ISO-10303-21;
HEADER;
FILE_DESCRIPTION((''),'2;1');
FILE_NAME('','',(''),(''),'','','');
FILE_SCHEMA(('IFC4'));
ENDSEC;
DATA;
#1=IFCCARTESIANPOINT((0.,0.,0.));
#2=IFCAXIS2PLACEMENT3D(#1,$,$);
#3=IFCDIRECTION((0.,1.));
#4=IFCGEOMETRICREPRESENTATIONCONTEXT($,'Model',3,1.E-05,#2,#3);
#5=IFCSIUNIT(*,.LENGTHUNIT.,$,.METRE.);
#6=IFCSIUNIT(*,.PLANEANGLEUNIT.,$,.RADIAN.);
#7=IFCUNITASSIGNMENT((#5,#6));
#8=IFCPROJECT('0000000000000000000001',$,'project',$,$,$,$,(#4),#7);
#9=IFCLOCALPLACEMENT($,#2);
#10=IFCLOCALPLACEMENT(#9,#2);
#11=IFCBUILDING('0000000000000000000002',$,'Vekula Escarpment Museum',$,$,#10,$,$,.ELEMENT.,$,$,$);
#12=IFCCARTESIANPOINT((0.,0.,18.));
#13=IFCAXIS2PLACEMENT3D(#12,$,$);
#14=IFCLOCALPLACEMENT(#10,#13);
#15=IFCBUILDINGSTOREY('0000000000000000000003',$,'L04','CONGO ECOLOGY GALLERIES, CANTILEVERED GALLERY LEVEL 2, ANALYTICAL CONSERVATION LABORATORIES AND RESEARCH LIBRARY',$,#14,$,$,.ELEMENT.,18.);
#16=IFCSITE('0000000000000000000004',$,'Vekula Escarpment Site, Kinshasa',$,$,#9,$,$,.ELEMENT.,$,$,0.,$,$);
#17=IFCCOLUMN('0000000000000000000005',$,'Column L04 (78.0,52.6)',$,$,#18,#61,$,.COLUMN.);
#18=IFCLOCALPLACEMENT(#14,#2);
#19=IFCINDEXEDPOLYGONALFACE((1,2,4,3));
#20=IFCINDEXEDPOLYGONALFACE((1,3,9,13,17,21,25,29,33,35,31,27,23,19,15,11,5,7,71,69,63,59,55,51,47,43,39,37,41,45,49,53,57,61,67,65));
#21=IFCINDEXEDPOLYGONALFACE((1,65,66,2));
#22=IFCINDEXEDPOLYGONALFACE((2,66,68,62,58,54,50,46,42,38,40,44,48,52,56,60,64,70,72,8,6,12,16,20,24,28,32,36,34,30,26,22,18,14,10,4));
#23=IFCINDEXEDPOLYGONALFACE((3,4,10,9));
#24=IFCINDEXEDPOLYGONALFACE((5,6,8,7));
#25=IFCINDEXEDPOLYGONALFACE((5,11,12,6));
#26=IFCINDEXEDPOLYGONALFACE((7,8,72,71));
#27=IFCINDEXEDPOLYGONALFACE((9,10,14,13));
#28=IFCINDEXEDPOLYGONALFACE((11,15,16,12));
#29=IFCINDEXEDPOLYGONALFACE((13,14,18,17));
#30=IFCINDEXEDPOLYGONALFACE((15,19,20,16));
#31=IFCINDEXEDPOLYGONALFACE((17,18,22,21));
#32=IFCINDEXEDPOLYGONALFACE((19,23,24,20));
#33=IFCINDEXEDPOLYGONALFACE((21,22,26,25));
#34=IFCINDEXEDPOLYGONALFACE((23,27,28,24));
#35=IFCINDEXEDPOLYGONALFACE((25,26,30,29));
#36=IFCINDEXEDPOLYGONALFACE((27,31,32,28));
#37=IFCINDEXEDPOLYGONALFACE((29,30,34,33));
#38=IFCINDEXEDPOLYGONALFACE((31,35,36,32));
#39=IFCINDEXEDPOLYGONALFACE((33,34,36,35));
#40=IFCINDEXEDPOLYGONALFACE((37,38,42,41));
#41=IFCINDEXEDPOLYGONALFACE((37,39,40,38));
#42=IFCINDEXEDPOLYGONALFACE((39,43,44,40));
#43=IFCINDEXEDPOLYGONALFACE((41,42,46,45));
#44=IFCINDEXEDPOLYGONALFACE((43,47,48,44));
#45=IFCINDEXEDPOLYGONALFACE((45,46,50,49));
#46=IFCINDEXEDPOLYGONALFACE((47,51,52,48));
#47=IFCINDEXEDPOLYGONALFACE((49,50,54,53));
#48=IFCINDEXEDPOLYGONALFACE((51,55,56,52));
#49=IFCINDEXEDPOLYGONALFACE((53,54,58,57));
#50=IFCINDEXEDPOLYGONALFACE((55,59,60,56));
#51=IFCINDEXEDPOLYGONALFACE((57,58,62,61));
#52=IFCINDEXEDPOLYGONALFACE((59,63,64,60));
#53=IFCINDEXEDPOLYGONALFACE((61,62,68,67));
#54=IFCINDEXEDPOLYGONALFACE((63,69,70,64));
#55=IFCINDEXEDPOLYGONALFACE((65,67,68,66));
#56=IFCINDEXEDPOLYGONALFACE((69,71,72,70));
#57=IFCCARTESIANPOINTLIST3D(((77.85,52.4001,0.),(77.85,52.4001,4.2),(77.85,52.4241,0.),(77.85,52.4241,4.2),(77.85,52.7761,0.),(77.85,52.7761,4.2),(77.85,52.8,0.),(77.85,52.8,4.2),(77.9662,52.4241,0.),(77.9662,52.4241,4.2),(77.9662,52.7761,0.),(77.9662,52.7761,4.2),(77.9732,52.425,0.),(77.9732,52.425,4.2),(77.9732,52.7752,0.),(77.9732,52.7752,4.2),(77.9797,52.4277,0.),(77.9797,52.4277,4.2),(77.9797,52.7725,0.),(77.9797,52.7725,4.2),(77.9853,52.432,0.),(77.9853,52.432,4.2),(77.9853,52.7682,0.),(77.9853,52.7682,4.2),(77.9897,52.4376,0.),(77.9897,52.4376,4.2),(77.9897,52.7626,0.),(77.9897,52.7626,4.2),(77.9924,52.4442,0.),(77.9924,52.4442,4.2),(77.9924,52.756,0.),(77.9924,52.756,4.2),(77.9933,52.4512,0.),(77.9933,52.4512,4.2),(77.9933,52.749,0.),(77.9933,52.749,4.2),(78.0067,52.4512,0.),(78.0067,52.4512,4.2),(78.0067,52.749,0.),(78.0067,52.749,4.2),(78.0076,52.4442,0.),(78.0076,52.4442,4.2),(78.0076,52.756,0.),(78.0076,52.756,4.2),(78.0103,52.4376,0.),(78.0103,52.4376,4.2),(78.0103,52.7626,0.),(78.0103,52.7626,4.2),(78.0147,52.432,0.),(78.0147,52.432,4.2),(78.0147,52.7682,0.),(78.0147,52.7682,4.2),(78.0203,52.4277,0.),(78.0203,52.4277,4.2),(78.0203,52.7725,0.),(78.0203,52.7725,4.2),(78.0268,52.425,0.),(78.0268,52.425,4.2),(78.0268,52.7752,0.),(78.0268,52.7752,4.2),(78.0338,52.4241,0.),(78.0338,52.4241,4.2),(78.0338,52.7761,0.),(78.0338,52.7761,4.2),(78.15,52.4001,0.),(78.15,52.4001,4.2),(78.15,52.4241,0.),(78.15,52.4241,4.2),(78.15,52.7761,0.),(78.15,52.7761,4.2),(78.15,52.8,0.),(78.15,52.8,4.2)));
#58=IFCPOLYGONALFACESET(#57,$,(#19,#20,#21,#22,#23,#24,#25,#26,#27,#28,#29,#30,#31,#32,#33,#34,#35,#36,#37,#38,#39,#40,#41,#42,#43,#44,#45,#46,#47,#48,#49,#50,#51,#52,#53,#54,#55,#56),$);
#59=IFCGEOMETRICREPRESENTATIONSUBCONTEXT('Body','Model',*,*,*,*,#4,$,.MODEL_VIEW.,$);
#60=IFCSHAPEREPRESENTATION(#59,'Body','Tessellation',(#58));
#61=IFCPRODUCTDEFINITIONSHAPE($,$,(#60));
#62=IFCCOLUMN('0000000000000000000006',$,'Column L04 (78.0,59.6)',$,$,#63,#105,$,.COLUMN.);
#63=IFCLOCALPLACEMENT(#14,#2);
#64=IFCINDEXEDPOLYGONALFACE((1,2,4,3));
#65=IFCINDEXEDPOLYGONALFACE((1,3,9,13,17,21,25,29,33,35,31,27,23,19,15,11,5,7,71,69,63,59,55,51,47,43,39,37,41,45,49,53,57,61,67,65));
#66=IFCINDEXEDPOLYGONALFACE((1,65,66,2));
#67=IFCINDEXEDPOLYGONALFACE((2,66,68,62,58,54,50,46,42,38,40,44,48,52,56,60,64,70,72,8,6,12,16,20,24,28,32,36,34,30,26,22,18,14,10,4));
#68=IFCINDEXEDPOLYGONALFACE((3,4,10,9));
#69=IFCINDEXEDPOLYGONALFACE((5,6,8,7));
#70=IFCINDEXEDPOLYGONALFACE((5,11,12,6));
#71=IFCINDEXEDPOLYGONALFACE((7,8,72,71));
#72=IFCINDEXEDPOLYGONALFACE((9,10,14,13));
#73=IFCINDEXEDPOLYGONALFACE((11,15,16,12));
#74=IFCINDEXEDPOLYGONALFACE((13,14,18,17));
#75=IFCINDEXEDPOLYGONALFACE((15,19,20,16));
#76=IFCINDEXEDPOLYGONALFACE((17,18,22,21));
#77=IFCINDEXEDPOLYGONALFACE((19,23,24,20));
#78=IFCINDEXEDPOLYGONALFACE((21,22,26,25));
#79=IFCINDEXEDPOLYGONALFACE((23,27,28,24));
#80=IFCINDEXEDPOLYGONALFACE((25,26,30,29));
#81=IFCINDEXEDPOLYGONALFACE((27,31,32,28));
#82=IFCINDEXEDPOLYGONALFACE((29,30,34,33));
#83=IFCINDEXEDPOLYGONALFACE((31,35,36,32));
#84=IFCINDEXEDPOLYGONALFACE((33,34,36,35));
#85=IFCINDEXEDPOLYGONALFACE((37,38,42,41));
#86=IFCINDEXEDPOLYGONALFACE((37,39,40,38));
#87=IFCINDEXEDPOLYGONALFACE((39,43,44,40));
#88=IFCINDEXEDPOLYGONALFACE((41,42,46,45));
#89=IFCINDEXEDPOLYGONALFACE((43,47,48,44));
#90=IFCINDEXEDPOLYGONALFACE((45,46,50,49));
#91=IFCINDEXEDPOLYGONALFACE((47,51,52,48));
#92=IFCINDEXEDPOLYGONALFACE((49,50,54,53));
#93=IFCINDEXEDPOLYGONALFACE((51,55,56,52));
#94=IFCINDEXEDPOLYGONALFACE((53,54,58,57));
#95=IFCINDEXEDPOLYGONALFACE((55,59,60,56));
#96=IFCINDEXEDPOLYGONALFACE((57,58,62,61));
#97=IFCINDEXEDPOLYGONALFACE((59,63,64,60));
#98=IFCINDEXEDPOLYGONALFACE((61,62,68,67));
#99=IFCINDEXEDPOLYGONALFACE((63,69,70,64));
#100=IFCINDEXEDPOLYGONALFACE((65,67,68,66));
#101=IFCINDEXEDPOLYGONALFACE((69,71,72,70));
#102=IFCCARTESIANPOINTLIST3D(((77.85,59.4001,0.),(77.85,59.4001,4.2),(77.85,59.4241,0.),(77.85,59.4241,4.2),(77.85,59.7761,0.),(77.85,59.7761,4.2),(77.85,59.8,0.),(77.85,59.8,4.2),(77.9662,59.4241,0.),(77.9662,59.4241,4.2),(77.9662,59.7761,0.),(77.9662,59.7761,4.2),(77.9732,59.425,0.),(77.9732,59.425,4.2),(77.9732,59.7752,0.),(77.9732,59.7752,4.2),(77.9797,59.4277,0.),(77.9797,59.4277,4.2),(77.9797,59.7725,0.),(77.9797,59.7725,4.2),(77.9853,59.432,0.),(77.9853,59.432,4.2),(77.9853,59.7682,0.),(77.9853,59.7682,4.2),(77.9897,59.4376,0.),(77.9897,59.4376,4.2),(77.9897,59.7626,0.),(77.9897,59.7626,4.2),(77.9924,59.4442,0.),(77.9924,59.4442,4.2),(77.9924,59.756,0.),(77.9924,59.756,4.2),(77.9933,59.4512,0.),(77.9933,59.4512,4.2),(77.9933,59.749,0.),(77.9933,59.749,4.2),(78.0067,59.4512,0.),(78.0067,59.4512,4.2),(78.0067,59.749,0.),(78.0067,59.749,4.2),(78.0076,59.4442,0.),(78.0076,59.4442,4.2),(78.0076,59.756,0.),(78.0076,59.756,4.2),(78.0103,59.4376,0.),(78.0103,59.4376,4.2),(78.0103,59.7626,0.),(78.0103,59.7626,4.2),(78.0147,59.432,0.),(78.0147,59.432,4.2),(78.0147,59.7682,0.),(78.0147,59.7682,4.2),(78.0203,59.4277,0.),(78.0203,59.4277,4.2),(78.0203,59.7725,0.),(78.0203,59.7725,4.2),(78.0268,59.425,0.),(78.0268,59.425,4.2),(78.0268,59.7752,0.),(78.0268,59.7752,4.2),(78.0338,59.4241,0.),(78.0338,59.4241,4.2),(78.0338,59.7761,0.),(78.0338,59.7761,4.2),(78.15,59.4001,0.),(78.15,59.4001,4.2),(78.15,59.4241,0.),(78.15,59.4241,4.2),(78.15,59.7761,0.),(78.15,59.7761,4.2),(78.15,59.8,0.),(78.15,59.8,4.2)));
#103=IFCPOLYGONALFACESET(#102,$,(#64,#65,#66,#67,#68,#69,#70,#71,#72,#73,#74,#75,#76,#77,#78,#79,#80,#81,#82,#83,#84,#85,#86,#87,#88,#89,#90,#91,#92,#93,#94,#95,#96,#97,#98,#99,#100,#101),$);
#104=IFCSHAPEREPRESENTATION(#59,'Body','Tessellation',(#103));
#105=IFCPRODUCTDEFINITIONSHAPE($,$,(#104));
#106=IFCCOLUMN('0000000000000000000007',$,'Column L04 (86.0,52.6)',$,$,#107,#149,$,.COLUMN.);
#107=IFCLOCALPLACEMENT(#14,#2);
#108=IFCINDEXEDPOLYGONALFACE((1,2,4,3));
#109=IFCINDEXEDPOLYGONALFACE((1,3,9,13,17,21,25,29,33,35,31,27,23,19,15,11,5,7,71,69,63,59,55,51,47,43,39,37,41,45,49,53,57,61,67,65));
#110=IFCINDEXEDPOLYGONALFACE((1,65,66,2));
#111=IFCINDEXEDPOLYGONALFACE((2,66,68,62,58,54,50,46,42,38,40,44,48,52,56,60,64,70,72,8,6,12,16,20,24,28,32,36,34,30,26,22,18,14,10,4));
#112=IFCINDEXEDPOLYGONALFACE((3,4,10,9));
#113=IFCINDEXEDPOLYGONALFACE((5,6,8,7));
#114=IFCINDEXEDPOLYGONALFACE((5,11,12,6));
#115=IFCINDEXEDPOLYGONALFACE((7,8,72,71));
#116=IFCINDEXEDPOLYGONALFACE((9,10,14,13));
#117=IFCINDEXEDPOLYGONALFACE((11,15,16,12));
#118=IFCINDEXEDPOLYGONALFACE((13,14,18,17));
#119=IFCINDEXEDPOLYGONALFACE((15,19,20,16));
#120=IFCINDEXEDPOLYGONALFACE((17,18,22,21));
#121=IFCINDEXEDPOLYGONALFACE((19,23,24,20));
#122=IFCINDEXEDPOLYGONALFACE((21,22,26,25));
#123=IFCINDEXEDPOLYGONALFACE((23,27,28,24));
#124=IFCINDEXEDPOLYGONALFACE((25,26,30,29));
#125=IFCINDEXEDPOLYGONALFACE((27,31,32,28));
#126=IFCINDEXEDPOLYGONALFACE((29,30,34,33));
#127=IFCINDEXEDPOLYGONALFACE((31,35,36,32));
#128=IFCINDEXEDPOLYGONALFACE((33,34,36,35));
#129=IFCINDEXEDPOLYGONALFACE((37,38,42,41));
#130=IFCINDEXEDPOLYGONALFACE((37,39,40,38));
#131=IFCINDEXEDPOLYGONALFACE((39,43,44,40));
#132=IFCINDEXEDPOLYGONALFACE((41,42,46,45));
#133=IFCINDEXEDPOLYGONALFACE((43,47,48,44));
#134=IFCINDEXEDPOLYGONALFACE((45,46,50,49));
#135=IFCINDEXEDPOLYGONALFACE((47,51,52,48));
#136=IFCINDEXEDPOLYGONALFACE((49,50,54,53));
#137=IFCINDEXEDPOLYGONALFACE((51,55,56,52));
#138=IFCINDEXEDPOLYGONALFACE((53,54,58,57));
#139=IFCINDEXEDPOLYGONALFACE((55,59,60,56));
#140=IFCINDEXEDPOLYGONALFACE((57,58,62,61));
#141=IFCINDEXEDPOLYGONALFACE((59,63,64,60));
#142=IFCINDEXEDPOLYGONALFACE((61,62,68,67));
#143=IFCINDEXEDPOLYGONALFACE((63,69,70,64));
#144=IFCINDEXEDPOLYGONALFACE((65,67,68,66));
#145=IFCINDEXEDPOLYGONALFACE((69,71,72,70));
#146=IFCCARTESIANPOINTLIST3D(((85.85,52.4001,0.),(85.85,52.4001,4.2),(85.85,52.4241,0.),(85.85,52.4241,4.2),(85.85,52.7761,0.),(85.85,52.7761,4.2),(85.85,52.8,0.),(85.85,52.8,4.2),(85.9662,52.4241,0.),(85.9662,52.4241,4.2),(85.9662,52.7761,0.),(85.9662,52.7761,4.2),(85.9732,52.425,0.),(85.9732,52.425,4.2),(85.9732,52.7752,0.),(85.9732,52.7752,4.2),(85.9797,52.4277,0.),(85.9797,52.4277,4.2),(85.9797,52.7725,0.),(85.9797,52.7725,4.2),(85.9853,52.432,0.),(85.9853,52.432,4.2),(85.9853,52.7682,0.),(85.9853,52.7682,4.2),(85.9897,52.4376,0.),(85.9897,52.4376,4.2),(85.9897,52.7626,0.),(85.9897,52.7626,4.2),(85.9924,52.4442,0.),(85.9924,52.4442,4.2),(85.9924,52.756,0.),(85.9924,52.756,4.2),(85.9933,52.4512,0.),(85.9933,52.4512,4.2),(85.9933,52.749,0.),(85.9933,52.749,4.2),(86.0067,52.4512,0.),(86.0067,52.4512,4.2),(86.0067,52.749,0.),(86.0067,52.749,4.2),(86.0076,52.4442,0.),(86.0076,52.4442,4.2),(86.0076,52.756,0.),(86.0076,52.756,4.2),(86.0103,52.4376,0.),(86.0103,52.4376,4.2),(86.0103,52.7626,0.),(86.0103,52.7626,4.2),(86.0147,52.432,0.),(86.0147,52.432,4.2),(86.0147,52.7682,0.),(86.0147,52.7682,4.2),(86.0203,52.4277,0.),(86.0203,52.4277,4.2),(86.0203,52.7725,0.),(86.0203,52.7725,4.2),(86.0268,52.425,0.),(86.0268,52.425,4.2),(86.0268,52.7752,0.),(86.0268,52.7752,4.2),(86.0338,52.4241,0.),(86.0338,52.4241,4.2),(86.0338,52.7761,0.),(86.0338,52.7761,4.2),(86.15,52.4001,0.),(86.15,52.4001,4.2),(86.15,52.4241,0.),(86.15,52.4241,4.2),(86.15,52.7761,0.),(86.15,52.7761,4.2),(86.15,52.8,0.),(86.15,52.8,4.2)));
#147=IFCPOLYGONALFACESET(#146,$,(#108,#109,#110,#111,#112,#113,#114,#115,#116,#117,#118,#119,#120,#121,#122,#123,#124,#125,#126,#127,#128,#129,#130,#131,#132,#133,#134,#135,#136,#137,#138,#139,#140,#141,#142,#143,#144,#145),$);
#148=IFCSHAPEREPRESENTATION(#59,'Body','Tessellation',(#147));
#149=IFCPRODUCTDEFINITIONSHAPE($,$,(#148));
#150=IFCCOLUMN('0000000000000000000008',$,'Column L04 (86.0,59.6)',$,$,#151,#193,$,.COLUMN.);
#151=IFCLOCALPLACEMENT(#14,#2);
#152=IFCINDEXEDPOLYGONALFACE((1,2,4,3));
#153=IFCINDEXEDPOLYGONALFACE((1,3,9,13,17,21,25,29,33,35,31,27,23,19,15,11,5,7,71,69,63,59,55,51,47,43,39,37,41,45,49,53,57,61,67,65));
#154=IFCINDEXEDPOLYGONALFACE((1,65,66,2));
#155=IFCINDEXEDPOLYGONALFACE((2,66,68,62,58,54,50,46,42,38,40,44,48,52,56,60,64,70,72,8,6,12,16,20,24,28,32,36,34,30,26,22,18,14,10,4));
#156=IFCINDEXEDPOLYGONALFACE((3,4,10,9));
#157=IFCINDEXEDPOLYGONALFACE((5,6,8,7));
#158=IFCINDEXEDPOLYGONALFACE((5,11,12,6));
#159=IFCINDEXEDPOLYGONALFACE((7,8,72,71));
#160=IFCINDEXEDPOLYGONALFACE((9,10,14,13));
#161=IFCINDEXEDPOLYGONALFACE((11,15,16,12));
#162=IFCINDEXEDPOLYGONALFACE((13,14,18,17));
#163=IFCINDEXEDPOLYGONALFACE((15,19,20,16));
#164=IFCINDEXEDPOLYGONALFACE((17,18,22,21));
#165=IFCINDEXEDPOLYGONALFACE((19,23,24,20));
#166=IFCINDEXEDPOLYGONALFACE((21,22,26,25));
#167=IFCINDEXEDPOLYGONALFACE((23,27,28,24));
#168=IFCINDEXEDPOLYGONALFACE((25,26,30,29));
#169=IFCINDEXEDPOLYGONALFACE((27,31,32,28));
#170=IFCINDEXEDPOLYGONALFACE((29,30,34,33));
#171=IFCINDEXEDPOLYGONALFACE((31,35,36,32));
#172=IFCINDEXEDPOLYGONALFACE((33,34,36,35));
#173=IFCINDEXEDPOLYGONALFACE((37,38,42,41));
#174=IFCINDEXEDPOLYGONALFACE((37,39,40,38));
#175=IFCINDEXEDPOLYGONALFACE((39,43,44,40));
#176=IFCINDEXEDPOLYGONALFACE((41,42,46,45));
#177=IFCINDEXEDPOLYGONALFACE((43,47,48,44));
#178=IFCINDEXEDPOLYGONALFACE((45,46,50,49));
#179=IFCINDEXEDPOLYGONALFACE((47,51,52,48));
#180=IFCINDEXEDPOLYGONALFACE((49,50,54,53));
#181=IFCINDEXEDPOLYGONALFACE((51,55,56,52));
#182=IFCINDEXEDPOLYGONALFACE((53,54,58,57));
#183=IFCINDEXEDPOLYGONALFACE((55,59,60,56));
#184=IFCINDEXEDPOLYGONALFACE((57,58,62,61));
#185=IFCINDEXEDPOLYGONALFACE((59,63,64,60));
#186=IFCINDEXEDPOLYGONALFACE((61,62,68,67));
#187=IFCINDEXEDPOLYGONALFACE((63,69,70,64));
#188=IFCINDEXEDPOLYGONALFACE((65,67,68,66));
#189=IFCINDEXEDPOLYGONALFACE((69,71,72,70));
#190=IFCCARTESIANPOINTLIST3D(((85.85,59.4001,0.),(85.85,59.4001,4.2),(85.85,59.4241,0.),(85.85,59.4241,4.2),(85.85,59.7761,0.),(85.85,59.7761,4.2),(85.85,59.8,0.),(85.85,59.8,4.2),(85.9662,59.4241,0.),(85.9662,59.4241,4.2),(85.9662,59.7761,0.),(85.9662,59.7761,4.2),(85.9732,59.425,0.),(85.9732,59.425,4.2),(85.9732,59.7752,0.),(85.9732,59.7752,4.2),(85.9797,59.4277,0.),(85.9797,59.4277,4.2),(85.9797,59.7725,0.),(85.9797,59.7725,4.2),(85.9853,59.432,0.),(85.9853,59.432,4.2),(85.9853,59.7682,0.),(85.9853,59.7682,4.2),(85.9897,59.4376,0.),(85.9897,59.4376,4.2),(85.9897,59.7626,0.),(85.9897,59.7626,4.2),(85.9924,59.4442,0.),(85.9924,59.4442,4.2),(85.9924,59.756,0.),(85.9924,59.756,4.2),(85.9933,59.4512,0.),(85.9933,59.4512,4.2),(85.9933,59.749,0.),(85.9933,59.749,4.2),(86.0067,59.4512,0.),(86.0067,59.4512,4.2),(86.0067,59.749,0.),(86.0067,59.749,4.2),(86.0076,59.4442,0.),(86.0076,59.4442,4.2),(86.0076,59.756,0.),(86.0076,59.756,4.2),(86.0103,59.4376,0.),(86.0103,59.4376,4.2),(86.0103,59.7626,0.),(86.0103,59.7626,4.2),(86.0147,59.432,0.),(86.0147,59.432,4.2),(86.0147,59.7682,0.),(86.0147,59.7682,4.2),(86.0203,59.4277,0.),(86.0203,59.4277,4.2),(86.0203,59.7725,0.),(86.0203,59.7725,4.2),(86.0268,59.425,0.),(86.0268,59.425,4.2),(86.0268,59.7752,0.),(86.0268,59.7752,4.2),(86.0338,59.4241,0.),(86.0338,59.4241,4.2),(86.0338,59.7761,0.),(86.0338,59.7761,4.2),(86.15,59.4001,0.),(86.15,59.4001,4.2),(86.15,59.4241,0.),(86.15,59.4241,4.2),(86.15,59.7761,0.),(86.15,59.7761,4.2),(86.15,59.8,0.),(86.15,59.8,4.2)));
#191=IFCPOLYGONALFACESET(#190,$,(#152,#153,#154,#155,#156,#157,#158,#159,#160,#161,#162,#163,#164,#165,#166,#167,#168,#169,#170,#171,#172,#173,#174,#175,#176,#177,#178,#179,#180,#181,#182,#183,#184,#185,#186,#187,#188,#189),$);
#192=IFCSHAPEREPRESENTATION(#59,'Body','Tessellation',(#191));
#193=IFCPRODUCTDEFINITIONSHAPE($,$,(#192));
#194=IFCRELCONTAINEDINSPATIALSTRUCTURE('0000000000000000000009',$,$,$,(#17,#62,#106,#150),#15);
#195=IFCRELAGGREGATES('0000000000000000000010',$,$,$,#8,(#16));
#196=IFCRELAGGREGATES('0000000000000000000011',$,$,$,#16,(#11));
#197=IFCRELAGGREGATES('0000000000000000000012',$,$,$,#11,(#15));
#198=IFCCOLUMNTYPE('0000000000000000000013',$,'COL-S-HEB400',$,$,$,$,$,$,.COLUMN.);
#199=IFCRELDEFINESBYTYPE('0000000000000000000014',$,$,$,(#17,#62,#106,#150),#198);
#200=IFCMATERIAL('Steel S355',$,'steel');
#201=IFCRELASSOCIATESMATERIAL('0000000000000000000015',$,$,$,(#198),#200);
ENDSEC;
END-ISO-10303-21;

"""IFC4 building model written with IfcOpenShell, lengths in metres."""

from ifc_helpers import new_model, si_unit, direction, frame, origin, origin_2d, place, context, subcontext, project, spatial, i_section, extrude, material, material_profile, profile_set, type_object, element, save


model = new_model("IFC4")

# Units and contexts
model_context = context("Model", 3, precision=1e-05, world=origin(), true_north=direction((0.0, 1.0)))
body_context = subcontext(model_context, "Body", "Model", "MODEL_VIEW")
ifc_project = project(units=[si_unit("LENGTHUNIT", "METRE"), si_unit("PLANEANGLEUNIT", "RADIAN")], contexts=[model_context])

# Site, building, storey
site_placement = place(None, origin())
site = spatial("IfcSite", under=ifc_project, at=site_placement, Name="Vekula Escarpment Site, Kinshasa", CompositionType="ELEMENT", RefElevation=0.0)
building_placement = place(site_placement, origin())
building = spatial("IfcBuilding", under=site, at=building_placement, Name="Vekula Escarpment Museum", CompositionType="ELEMENT")
storey_placement = place(building_placement, frame((0.0, 0.0, 18.0)))
storey = spatial("IfcBuildingStorey", under=building, at=storey_placement, Name="L04", Description="CONGO ECOLOGY GALLERIES, CANTILEVERED GALLERY LEVEL 2, ANALYTICAL CONSERVATION LABORATORIES AND RESEARCH LIBRARY", CompositionType="ELEMENT", Elevation=18.0)

# Columns
ifc_material_1 = material(Name="Steel S355", Category="steel")
ifc_material_profile_1 = material_profile(ifc_material_1, i_section(OverallWidth=0.3, OverallDepth=0.3999, WebThickness=0.0134, FlangeThickness=0.0239, FilletRadius=0.0271, at=origin_2d()), Name="HEB 400")
ifc_profile_set_1 = profile_set([ifc_material_profile_1], Name="Steel S355")
column_type = type_object("IfcColumnType", Name="COL-S-HEB400", PredefinedType="COLUMN", material=ifc_profile_set_1)
for number, where, z_axis, x_axis, name in (
    (1, (78.0, 52.6001, 0.0), (0.0, 0.0, 1.0), (1.0, 0.0, 0.0), "Column L04 (78.0,52.6)"),
    (2, (78.0, 59.6001, 0.0), (0.0, 0.0, 1.0), (1.0, 0.0, 0.0), "Column L04 (78.0,59.6)"),
    (3, (86.0, 52.6001, 0.0), (0.0, 0.0, 1.0), (1.0, 0.0, 0.0), "Column L04 (86.0,52.6)"),
    (4, (86.0, 59.6001, 0.0), (0.0, 0.0, 1.0), (1.0, 0.0, 0.0), "Column L04 (86.0,59.6)"),
):
    element("IfcColumn", number, at=place(storey_placement, frame(where, z_axis=z_axis, x_axis=x_axis)), inside=storey, type_object=column_type, Name=name, PredefinedType="COLUMN", context=body_context, shape_type="SweptSolid", body=[
        extrude(i_section(OverallWidth=0.3, OverallDepth=0.3999, WebThickness=0.0134, FlangeThickness=0.0239, FilletRadius=0.0271, at=origin_2d()), origin(), (0.0, 0.0, 1.0), 4.2),
    ])

save(model, "model.ifc")
